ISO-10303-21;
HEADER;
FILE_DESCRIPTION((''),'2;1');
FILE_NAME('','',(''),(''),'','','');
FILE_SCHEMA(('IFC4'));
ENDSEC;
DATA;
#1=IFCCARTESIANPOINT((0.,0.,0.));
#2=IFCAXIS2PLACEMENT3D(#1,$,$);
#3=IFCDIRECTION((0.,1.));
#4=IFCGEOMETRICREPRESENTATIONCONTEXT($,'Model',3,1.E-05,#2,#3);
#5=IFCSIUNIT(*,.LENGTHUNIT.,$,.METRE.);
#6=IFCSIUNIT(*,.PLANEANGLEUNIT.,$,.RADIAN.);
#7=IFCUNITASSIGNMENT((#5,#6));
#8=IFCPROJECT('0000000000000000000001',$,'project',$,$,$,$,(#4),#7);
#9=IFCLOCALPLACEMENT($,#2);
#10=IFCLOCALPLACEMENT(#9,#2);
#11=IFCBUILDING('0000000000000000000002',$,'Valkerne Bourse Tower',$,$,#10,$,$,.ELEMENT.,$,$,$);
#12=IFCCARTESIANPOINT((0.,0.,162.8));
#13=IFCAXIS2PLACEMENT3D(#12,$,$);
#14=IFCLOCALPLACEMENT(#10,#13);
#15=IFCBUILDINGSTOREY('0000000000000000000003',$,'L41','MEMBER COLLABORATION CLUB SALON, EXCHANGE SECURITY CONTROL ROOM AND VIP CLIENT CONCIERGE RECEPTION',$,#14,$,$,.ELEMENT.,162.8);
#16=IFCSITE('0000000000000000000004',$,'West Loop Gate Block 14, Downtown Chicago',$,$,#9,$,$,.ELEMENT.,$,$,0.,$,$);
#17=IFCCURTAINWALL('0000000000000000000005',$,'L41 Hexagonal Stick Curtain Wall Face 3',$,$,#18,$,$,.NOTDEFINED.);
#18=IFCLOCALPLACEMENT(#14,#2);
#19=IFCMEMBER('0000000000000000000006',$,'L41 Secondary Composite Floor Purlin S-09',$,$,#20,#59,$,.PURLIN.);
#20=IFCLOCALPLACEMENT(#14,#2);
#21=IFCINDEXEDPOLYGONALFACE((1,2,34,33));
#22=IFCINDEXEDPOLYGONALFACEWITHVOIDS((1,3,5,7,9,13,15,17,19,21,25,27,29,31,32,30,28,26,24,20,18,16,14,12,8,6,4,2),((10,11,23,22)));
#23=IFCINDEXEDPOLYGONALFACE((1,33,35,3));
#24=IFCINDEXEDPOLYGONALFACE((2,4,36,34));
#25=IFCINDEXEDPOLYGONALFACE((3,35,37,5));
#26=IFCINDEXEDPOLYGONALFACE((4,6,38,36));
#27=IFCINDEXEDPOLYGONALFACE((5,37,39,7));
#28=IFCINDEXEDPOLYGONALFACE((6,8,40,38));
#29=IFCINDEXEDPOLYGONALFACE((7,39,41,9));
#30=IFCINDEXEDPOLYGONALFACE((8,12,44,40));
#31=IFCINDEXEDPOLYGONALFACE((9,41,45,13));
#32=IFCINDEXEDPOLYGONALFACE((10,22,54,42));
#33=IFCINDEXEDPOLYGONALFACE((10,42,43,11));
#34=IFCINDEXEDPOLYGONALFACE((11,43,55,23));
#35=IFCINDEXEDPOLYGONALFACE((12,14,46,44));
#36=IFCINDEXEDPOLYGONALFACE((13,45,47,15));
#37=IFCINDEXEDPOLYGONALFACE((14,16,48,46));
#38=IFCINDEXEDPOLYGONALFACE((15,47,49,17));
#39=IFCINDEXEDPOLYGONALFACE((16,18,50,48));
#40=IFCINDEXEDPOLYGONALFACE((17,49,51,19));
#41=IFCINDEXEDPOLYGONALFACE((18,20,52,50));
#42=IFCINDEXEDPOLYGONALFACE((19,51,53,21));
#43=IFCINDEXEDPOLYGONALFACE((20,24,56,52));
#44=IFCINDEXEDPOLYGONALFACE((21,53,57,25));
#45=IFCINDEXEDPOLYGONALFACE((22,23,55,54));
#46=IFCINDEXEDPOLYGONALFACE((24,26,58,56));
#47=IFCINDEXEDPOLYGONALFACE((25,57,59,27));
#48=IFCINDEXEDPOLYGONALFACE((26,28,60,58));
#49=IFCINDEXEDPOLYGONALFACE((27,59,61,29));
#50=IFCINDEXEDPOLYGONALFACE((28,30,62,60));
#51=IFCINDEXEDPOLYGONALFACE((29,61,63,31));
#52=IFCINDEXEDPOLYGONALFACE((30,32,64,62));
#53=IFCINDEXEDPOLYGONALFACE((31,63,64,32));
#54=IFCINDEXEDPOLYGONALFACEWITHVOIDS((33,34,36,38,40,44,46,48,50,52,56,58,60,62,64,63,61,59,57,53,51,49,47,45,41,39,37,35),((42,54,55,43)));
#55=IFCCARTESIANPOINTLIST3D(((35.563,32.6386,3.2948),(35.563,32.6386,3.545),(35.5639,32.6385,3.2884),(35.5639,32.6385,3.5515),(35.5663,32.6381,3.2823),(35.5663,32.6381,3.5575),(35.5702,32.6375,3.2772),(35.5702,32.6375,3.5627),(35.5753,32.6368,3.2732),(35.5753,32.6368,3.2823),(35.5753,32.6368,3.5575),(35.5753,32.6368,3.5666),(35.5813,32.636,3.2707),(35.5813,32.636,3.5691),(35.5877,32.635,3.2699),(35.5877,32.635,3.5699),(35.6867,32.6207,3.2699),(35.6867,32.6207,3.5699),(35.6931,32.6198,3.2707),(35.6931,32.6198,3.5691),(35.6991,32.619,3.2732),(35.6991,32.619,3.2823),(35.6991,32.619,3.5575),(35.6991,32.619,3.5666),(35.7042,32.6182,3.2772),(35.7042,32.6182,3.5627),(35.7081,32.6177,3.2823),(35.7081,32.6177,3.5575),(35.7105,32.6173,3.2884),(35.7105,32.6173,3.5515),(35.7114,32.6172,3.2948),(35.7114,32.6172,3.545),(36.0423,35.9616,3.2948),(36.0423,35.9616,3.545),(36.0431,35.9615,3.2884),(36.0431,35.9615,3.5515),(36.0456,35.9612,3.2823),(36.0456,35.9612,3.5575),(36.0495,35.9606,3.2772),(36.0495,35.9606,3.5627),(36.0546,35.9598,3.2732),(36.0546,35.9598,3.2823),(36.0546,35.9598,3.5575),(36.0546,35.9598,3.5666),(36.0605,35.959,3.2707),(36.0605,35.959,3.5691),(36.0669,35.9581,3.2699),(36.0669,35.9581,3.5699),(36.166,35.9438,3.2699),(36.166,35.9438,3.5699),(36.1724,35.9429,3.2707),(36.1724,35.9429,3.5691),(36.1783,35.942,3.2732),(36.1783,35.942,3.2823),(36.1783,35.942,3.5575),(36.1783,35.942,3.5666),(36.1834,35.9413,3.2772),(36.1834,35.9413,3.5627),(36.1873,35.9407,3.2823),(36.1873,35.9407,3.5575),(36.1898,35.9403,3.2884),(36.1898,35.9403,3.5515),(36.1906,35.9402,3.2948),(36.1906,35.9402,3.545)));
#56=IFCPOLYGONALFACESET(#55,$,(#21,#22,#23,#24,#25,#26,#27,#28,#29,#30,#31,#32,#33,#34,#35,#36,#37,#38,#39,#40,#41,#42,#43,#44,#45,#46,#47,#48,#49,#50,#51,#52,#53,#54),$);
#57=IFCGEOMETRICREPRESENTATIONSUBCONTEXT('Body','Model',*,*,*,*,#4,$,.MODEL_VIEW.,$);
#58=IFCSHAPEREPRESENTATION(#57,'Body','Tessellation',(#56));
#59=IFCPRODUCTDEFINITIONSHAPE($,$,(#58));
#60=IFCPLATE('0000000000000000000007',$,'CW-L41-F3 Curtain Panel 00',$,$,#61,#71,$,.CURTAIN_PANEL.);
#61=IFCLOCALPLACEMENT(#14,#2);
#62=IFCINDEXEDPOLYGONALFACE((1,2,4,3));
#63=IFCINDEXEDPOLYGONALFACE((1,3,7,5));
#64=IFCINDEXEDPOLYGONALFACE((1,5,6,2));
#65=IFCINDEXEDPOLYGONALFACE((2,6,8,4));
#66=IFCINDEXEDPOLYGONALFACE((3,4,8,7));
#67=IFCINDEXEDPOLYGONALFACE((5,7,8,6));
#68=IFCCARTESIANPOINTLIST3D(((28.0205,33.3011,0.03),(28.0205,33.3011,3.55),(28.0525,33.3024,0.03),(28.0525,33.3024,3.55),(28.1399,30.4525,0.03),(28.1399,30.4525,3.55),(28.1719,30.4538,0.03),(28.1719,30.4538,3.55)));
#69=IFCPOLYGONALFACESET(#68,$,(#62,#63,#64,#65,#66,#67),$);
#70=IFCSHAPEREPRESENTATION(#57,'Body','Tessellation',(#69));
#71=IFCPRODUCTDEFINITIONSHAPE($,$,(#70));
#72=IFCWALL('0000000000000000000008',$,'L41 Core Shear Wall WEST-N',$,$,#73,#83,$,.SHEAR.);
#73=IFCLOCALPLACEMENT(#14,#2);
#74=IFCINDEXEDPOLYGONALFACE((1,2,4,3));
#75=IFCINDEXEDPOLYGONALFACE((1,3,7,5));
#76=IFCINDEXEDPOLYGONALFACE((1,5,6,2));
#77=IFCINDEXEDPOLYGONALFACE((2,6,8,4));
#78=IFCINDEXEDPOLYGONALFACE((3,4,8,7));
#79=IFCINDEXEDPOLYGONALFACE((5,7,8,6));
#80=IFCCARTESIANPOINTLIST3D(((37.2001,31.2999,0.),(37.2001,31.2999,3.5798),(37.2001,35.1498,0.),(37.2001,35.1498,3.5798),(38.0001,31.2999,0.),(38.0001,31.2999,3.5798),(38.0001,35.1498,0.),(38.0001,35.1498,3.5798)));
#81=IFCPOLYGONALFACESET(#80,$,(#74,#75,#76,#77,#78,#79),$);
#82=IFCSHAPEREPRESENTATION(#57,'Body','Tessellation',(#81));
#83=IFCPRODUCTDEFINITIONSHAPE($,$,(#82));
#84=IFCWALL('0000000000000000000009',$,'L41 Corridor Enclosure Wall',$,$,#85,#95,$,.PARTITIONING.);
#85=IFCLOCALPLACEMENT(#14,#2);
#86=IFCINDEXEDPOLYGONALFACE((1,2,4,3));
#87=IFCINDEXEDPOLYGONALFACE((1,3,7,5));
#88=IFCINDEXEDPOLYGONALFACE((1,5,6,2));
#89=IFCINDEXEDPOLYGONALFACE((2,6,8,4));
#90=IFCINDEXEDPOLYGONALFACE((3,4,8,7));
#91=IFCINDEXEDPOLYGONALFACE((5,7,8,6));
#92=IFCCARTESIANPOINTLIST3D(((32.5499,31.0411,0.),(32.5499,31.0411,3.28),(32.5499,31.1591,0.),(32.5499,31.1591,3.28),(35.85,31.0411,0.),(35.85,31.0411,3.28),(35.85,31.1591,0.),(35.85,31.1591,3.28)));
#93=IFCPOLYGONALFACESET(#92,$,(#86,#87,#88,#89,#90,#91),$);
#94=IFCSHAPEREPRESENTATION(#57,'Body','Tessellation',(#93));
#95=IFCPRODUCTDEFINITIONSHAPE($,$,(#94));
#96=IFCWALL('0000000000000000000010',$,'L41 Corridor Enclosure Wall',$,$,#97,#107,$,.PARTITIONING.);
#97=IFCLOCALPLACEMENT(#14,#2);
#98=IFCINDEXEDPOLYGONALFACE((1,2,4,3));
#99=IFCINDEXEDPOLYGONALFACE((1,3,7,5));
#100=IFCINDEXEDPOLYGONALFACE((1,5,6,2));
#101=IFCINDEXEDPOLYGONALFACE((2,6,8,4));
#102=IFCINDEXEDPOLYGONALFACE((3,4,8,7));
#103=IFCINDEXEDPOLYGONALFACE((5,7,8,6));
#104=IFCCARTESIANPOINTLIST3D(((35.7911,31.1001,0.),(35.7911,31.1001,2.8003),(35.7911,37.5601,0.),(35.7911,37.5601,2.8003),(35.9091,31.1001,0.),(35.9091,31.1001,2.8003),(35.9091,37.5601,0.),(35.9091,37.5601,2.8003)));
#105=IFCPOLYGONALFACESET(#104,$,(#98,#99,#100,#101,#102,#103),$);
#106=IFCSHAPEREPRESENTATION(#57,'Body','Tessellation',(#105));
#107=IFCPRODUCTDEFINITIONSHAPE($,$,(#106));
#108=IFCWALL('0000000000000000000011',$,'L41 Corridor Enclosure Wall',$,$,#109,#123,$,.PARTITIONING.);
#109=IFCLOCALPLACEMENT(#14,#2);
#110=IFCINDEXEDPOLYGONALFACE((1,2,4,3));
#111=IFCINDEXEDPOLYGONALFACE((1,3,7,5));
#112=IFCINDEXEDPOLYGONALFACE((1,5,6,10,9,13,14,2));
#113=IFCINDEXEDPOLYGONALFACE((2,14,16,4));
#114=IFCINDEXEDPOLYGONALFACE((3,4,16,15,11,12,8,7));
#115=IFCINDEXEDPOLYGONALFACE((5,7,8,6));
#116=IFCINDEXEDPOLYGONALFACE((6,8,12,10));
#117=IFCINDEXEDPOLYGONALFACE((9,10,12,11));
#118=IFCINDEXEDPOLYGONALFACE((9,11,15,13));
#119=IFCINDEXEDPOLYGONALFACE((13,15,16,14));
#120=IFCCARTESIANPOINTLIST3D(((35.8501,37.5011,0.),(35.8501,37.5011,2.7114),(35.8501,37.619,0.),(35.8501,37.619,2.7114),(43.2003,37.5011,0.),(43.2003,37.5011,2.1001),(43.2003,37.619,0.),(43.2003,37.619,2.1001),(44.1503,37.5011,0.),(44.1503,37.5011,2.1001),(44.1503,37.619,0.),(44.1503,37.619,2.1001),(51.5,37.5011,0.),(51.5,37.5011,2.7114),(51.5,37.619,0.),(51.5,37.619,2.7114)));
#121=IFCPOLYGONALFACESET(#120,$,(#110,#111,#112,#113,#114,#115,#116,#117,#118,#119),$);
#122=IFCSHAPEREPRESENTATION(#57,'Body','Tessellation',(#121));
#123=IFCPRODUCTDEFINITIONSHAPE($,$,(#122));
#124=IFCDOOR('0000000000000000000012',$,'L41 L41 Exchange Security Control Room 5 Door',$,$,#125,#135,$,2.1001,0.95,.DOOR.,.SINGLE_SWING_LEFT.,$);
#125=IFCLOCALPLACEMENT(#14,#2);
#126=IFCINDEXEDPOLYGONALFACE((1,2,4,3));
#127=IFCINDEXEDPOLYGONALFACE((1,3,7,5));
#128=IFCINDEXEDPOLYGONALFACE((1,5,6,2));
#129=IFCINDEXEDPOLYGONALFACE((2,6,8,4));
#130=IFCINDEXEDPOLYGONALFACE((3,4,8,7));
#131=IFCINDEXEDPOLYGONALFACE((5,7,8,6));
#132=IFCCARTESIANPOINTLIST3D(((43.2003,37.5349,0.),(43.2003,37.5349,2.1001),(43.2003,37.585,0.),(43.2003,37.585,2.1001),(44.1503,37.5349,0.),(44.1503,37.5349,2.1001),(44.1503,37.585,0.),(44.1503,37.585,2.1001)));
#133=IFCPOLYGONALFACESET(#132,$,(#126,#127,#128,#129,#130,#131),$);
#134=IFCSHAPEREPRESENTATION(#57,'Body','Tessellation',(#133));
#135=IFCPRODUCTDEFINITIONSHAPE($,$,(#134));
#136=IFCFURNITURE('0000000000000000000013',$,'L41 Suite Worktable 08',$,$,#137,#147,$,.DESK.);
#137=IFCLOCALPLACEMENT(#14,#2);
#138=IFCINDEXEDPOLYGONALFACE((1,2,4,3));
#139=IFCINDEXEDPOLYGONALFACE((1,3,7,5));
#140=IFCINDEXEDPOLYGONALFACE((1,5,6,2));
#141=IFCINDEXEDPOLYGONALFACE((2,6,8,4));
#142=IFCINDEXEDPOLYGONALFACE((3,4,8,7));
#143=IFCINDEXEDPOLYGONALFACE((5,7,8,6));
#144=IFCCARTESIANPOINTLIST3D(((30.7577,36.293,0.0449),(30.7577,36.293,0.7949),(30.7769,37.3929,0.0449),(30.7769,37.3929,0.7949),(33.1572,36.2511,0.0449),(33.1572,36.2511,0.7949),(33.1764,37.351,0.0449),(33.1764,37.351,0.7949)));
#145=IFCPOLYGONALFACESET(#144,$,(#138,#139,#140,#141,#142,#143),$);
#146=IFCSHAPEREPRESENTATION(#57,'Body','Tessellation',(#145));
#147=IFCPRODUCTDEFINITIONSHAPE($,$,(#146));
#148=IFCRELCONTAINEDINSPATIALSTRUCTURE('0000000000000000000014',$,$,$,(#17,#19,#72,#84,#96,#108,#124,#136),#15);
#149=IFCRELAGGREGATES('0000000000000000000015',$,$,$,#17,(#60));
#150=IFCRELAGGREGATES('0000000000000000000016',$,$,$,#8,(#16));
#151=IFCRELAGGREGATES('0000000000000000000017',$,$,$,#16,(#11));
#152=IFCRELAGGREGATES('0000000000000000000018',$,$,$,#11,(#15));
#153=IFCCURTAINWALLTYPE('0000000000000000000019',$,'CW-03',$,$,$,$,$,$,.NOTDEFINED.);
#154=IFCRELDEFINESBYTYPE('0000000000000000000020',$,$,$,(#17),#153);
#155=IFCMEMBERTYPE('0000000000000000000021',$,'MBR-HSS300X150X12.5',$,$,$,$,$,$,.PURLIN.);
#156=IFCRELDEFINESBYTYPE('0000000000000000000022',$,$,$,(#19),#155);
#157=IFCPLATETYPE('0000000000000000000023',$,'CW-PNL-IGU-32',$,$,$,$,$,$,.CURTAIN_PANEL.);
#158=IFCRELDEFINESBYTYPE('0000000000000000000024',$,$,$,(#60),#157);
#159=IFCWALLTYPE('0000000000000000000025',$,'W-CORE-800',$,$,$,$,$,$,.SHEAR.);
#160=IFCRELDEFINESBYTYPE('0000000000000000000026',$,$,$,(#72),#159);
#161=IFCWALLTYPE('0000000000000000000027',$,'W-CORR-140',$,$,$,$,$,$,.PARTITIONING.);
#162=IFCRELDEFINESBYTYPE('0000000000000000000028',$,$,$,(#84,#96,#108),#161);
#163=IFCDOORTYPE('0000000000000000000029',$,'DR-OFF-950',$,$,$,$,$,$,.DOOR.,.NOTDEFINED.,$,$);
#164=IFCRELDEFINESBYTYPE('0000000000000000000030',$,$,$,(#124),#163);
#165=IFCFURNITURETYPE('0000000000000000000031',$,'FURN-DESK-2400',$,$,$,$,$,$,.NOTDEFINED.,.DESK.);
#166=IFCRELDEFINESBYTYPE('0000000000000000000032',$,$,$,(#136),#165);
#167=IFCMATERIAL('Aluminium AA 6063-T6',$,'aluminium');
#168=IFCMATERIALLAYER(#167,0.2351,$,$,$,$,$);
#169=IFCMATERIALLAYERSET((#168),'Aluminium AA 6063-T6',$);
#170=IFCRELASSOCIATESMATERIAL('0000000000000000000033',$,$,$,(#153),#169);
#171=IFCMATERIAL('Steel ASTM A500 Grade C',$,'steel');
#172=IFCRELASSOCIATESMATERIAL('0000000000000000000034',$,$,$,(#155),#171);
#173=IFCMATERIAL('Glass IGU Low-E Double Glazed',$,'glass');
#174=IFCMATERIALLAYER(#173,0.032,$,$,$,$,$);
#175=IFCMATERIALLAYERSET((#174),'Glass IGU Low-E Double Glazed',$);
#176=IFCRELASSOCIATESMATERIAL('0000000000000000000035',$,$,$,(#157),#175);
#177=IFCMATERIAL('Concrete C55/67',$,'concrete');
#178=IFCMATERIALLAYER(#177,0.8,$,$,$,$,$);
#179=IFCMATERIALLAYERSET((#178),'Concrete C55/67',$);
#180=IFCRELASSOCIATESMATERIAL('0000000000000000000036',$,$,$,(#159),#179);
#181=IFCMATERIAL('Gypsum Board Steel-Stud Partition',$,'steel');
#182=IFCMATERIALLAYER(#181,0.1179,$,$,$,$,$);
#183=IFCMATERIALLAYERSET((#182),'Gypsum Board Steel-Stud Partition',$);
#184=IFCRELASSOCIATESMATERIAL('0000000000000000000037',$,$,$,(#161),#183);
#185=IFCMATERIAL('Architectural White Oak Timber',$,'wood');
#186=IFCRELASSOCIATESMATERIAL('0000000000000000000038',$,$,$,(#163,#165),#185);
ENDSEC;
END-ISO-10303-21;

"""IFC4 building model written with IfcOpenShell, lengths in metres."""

from ifc_helpers import new_model, si_unit, direction, frame, frame_2d, origin, origin_2d, place, context, subcontext, project, spatial, rectangle, hollow_rectangle, extrude, material, layer, layer_set, material_profile, profile_set, type_object, element, fill, aggregate, save


model = new_model("IFC4")

# Units and contexts
model_context = context("Model", 3, precision=1e-05, world=origin(), true_north=direction((0.0, 1.0)))
body_context = subcontext(model_context, "Body", "Model", "MODEL_VIEW")
ifc_project = project(units=[si_unit("LENGTHUNIT", "METRE"), si_unit("PLANEANGLEUNIT", "RADIAN")], contexts=[model_context])

# Site, building, storey
site_placement = place(None, origin())
site = spatial("IfcSite", under=ifc_project, at=site_placement, Name="West Loop Gate Block 14, Downtown Chicago", CompositionType="ELEMENT", RefElevation=0.0)
building_placement = place(site_placement, origin())
building = spatial("IfcBuilding", under=site, at=building_placement, Name="Valkerne Bourse Tower", CompositionType="ELEMENT")
storey_placement = place(building_placement, frame((0.0, 0.0, 162.8)))
storey = spatial("IfcBuildingStorey", under=building, at=storey_placement, Name="L41", Description="MEMBER COLLABORATION CLUB SALON, EXCHANGE SECURITY CONTROL ROOM AND VIP CLIENT CONCIERGE RECEPTION", CompositionType="ELEMENT", Elevation=162.8)

# Curtain wall
ifc_material_1 = material(Name="Aluminium AA 6063-T6", Category="aluminium")
ifc_layer_1 = layer(ifc_material_1, 0.2351)
ifc_layer_set_1 = layer_set([ifc_layer_1], Name="Aluminium AA 6063-T6")
curtain_wall_type = type_object("IfcCurtainWallType", Name="CW-03", PredefinedType="NOTDEFINED", material=ifc_layer_set_1)
curtain_wall_placement = place(storey_placement, origin())
curtain_wall = element("IfcCurtainWall", 1, at=curtain_wall_placement, inside=storey, type_object=curtain_wall_type, Name="L41 Hexagonal Stick Curtain Wall Face 3", PredefinedType="NOTDEFINED")

# Member
ifc_material_2 = material(Name="Steel ASTM A500 Grade C", Category="steel")
ifc_material_profile_1 = material_profile(ifc_material_2, hollow_rectangle(XDim=0.1499, YDim=0.3, WallThickness=0.0125, OuterFilletRadius=0.0249, at=origin_2d()), Name="HSS300X150X12.5")
ifc_profile_set_1 = profile_set([ifc_material_profile_1], Name="Steel ASTM A500 Grade C")
member_type_1 = type_object("IfcMemberType", Name="MBR-HSS300X150X12.5", PredefinedType="PURLIN", material=ifc_profile_set_1)
member_1_placement = place(storey_placement, frame((36.1165, 35.9509, 3.4199), z_axis=(-0.142745, -0.98976, 0.0), x_axis=(0.98976, -0.142745, 0.0)))
element("IfcMember", 2, at=member_1_placement, inside=storey, type_object=member_type_1, Name="L41 Secondary Composite Floor Purlin S-09", PredefinedType="PURLIN", context=body_context, shape_type="SweptSolid", body=[
    extrude(hollow_rectangle(XDim=0.1499, YDim=0.3, WallThickness=0.0125, OuterFilletRadius=0.0249, at=origin_2d()), origin(), (0.0, 0.0, 1.0), 3.3574),
])

# Plate
ifc_material_3 = material(Name="Glass IGU Low-E Double Glazed", Category="glass")
ifc_layer_2 = layer(ifc_material_3, 0.032)
ifc_layer_set_2 = layer_set([ifc_layer_2], Name="Glass IGU Low-E Double Glazed")
plate_type = type_object("IfcPlateType", Name="CW-PNL-IGU-32", PredefinedType="CURTAIN_PANEL", material=ifc_layer_set_2)
plate_placement = place(storey_placement, frame((28.0962, 31.8774, 0.03), z_axis=(0.0, 0.0, 1.0), x_axis=(0.041872, -0.999123, 0.0)))
plate = element("IfcPlate", 3, at=plate_placement, type_object=plate_type, Name="CW-L41-F3 Curtain Panel 00", PredefinedType="CURTAIN_PANEL", context=body_context, shape_type="SweptSolid", body=[
    extrude(rectangle(XDim=2.8511, YDim=0.032, at=origin_2d()), origin(), (0.0, 0.0, 1.0), 3.52),
])
aggregate(curtain_wall, [plate])

# Shared definitions
ifc_material_4 = material(Name="Concrete C55/67", Category="concrete")
ifc_layer_3 = layer(ifc_material_4, 0.8)
ifc_layer_set_3 = layer_set([ifc_layer_3], Name="Concrete C55/67")
wall_type_1 = type_object("IfcWallType", Name="W-CORE-800", PredefinedType="SHEAR", material=ifc_layer_set_3)

# Walls
wall_1_placement = place(storey_placement, frame((37.6001, 31.3, 0.0), z_axis=(0.0, 0.0, 1.0), x_axis=(0.0, 1.0, 0.0)))
element("IfcWall", 4, at=wall_1_placement, inside=storey, type_object=wall_type_1, Name="L41 Core Shear Wall WEST-N", PredefinedType="SHEAR", context=body_context, shape_type="SweptSolid", body=[
    extrude(rectangle(XDim=3.8499, YDim=0.8, at=frame_2d((1.9248, 0.0))), origin(), (0.0, 0.0, 1.0), 3.5798),
])
ifc_material_5 = material(Name="Gypsum Board Steel-Stud Partition", Category="steel")
ifc_layer_4 = layer(ifc_material_5, 0.1179)
ifc_layer_set_4 = layer_set([ifc_layer_4], Name="Gypsum Board Steel-Stud Partition")
wall_type_2 = type_object("IfcWallType", Name="W-CORR-140", PredefinedType="PARTITIONING", material=ifc_layer_set_4)
wall_2_placement = place(storey_placement, frame((32.55, 31.1001, 0.0), z_axis=(0.0, 0.0, 1.0), x_axis=(1.0, 0.0, 0.0)))
element("IfcWall", 5, at=wall_2_placement, inside=storey, type_object=wall_type_2, Name="L41 Corridor Enclosure Wall", PredefinedType="PARTITIONING", context=body_context, shape_type="SweptSolid", body=[
    extrude(rectangle(XDim=3.3, YDim=0.1179, at=frame_2d((1.6499, 0.0))), origin(), (0.0, 0.0, 1.0), 3.28),
])
wall_3_placement = place(storey_placement, frame((35.8501, 31.1001, 0.0), z_axis=(0.0, 0.0, 1.0), x_axis=(0.0, 1.0, 0.0)))
element("IfcWall", 6, at=wall_3_placement, inside=storey, type_object=wall_type_2, Name="L41 Corridor Enclosure Wall", PredefinedType="PARTITIONING", context=body_context, shape_type="SweptSolid", body=[
    extrude(rectangle(XDim=6.46, YDim=0.1179, at=frame_2d((3.23, 0.0))), origin(), (0.0, 0.0, 1.0), 2.8003),
])

# Wall, opening, door
wall_4_placement = place(storey_placement, frame((35.8501, 37.5601, 0.0), z_axis=(0.0, 0.0, 1.0), x_axis=(1.0, 0.0, 0.0)))
wall_4 = element("IfcWall", 7, at=wall_4_placement, inside=storey, type_object=wall_type_2, Name="L41 Corridor Enclosure Wall", PredefinedType="PARTITIONING", context=body_context, shape_type="SweptSolid", body=[
    extrude(rectangle(XDim=15.6499, YDim=0.1179, at=frame_2d((7.825, 0.0))), origin(), (0.0, 0.0, 1.0), 2.7114),
])
opening_1_placement = place(wall_4_placement, frame((7.3501, 0.0, 0.0)))
opening_1 = element("IfcOpeningElement", 8, at=opening_1_placement, cuts=wall_4, PredefinedType="OPENING", context=body_context, shape_type="SweptSolid", body=[
    extrude(rectangle(XDim=0.95, YDim=2.1001, at=frame_2d((0.4751, 1.05))), frame((0.0, 0.0688, 0.0), z_axis=(0.0, -1.0, 0.0), x_axis=(1.0, 0.0, 0.0)), (0.0, 0.0, 1.0), 0.1379),
])
ifc_material_6 = material(Name="Architectural White Oak Timber", Category="wood")
door_type_1 = type_object("IfcDoorType", Name="DR-OFF-950", OperationType="NOTDEFINED", PredefinedType="DOOR", material=ifc_material_6)
door_1_placement = place(opening_1_placement, origin())
door_1 = element("IfcDoor", 9, at=door_1_placement, inside=storey, type_object=door_type_1, Name="L41 L41 Exchange Security Control Room 5 Door", OperationType="SINGLE_SWING_LEFT", OverallHeight=2.1001, OverallWidth=0.95, PredefinedType="DOOR", context=body_context, shape_type="SweptSolid", body=[
    extrude(rectangle(XDim=0.95, YDim=2.1001, at=frame_2d((0.4751, 1.05))), frame((0.0, 0.0249, 0.0), z_axis=(0.0, -1.0, 0.0), x_axis=(1.0, 0.0, 0.0)), (0.0, 0.0, 1.0), 0.05),
])
fill(opening_1, door_1)

# Furniture
furniture_type = type_object("IfcFurnitureType", Name="FURN-DESK-2400", AssemblyPlace="NOTDEFINED", PredefinedType="DESK", material=ifc_material_6)
furniture_placement = place(storey_placement, frame((31.967, 36.822, 0.0449), z_axis=(0.0, 0.0, 1.0), x_axis=(-0.999848, 0.017452, 0.0)))
element("IfcFurniture", 10, at=furniture_placement, inside=storey, type_object=furniture_type, Name="L41 Suite Worktable 08", PredefinedType="DESK", context=body_context, shape_type="SweptSolid", body=[
    extrude(rectangle(XDim=2.3999, YDim=1.1001, at=origin_2d()), origin(), (0.0, 0.0, 1.0), 0.75),
])

save(model, "model.ifc")
